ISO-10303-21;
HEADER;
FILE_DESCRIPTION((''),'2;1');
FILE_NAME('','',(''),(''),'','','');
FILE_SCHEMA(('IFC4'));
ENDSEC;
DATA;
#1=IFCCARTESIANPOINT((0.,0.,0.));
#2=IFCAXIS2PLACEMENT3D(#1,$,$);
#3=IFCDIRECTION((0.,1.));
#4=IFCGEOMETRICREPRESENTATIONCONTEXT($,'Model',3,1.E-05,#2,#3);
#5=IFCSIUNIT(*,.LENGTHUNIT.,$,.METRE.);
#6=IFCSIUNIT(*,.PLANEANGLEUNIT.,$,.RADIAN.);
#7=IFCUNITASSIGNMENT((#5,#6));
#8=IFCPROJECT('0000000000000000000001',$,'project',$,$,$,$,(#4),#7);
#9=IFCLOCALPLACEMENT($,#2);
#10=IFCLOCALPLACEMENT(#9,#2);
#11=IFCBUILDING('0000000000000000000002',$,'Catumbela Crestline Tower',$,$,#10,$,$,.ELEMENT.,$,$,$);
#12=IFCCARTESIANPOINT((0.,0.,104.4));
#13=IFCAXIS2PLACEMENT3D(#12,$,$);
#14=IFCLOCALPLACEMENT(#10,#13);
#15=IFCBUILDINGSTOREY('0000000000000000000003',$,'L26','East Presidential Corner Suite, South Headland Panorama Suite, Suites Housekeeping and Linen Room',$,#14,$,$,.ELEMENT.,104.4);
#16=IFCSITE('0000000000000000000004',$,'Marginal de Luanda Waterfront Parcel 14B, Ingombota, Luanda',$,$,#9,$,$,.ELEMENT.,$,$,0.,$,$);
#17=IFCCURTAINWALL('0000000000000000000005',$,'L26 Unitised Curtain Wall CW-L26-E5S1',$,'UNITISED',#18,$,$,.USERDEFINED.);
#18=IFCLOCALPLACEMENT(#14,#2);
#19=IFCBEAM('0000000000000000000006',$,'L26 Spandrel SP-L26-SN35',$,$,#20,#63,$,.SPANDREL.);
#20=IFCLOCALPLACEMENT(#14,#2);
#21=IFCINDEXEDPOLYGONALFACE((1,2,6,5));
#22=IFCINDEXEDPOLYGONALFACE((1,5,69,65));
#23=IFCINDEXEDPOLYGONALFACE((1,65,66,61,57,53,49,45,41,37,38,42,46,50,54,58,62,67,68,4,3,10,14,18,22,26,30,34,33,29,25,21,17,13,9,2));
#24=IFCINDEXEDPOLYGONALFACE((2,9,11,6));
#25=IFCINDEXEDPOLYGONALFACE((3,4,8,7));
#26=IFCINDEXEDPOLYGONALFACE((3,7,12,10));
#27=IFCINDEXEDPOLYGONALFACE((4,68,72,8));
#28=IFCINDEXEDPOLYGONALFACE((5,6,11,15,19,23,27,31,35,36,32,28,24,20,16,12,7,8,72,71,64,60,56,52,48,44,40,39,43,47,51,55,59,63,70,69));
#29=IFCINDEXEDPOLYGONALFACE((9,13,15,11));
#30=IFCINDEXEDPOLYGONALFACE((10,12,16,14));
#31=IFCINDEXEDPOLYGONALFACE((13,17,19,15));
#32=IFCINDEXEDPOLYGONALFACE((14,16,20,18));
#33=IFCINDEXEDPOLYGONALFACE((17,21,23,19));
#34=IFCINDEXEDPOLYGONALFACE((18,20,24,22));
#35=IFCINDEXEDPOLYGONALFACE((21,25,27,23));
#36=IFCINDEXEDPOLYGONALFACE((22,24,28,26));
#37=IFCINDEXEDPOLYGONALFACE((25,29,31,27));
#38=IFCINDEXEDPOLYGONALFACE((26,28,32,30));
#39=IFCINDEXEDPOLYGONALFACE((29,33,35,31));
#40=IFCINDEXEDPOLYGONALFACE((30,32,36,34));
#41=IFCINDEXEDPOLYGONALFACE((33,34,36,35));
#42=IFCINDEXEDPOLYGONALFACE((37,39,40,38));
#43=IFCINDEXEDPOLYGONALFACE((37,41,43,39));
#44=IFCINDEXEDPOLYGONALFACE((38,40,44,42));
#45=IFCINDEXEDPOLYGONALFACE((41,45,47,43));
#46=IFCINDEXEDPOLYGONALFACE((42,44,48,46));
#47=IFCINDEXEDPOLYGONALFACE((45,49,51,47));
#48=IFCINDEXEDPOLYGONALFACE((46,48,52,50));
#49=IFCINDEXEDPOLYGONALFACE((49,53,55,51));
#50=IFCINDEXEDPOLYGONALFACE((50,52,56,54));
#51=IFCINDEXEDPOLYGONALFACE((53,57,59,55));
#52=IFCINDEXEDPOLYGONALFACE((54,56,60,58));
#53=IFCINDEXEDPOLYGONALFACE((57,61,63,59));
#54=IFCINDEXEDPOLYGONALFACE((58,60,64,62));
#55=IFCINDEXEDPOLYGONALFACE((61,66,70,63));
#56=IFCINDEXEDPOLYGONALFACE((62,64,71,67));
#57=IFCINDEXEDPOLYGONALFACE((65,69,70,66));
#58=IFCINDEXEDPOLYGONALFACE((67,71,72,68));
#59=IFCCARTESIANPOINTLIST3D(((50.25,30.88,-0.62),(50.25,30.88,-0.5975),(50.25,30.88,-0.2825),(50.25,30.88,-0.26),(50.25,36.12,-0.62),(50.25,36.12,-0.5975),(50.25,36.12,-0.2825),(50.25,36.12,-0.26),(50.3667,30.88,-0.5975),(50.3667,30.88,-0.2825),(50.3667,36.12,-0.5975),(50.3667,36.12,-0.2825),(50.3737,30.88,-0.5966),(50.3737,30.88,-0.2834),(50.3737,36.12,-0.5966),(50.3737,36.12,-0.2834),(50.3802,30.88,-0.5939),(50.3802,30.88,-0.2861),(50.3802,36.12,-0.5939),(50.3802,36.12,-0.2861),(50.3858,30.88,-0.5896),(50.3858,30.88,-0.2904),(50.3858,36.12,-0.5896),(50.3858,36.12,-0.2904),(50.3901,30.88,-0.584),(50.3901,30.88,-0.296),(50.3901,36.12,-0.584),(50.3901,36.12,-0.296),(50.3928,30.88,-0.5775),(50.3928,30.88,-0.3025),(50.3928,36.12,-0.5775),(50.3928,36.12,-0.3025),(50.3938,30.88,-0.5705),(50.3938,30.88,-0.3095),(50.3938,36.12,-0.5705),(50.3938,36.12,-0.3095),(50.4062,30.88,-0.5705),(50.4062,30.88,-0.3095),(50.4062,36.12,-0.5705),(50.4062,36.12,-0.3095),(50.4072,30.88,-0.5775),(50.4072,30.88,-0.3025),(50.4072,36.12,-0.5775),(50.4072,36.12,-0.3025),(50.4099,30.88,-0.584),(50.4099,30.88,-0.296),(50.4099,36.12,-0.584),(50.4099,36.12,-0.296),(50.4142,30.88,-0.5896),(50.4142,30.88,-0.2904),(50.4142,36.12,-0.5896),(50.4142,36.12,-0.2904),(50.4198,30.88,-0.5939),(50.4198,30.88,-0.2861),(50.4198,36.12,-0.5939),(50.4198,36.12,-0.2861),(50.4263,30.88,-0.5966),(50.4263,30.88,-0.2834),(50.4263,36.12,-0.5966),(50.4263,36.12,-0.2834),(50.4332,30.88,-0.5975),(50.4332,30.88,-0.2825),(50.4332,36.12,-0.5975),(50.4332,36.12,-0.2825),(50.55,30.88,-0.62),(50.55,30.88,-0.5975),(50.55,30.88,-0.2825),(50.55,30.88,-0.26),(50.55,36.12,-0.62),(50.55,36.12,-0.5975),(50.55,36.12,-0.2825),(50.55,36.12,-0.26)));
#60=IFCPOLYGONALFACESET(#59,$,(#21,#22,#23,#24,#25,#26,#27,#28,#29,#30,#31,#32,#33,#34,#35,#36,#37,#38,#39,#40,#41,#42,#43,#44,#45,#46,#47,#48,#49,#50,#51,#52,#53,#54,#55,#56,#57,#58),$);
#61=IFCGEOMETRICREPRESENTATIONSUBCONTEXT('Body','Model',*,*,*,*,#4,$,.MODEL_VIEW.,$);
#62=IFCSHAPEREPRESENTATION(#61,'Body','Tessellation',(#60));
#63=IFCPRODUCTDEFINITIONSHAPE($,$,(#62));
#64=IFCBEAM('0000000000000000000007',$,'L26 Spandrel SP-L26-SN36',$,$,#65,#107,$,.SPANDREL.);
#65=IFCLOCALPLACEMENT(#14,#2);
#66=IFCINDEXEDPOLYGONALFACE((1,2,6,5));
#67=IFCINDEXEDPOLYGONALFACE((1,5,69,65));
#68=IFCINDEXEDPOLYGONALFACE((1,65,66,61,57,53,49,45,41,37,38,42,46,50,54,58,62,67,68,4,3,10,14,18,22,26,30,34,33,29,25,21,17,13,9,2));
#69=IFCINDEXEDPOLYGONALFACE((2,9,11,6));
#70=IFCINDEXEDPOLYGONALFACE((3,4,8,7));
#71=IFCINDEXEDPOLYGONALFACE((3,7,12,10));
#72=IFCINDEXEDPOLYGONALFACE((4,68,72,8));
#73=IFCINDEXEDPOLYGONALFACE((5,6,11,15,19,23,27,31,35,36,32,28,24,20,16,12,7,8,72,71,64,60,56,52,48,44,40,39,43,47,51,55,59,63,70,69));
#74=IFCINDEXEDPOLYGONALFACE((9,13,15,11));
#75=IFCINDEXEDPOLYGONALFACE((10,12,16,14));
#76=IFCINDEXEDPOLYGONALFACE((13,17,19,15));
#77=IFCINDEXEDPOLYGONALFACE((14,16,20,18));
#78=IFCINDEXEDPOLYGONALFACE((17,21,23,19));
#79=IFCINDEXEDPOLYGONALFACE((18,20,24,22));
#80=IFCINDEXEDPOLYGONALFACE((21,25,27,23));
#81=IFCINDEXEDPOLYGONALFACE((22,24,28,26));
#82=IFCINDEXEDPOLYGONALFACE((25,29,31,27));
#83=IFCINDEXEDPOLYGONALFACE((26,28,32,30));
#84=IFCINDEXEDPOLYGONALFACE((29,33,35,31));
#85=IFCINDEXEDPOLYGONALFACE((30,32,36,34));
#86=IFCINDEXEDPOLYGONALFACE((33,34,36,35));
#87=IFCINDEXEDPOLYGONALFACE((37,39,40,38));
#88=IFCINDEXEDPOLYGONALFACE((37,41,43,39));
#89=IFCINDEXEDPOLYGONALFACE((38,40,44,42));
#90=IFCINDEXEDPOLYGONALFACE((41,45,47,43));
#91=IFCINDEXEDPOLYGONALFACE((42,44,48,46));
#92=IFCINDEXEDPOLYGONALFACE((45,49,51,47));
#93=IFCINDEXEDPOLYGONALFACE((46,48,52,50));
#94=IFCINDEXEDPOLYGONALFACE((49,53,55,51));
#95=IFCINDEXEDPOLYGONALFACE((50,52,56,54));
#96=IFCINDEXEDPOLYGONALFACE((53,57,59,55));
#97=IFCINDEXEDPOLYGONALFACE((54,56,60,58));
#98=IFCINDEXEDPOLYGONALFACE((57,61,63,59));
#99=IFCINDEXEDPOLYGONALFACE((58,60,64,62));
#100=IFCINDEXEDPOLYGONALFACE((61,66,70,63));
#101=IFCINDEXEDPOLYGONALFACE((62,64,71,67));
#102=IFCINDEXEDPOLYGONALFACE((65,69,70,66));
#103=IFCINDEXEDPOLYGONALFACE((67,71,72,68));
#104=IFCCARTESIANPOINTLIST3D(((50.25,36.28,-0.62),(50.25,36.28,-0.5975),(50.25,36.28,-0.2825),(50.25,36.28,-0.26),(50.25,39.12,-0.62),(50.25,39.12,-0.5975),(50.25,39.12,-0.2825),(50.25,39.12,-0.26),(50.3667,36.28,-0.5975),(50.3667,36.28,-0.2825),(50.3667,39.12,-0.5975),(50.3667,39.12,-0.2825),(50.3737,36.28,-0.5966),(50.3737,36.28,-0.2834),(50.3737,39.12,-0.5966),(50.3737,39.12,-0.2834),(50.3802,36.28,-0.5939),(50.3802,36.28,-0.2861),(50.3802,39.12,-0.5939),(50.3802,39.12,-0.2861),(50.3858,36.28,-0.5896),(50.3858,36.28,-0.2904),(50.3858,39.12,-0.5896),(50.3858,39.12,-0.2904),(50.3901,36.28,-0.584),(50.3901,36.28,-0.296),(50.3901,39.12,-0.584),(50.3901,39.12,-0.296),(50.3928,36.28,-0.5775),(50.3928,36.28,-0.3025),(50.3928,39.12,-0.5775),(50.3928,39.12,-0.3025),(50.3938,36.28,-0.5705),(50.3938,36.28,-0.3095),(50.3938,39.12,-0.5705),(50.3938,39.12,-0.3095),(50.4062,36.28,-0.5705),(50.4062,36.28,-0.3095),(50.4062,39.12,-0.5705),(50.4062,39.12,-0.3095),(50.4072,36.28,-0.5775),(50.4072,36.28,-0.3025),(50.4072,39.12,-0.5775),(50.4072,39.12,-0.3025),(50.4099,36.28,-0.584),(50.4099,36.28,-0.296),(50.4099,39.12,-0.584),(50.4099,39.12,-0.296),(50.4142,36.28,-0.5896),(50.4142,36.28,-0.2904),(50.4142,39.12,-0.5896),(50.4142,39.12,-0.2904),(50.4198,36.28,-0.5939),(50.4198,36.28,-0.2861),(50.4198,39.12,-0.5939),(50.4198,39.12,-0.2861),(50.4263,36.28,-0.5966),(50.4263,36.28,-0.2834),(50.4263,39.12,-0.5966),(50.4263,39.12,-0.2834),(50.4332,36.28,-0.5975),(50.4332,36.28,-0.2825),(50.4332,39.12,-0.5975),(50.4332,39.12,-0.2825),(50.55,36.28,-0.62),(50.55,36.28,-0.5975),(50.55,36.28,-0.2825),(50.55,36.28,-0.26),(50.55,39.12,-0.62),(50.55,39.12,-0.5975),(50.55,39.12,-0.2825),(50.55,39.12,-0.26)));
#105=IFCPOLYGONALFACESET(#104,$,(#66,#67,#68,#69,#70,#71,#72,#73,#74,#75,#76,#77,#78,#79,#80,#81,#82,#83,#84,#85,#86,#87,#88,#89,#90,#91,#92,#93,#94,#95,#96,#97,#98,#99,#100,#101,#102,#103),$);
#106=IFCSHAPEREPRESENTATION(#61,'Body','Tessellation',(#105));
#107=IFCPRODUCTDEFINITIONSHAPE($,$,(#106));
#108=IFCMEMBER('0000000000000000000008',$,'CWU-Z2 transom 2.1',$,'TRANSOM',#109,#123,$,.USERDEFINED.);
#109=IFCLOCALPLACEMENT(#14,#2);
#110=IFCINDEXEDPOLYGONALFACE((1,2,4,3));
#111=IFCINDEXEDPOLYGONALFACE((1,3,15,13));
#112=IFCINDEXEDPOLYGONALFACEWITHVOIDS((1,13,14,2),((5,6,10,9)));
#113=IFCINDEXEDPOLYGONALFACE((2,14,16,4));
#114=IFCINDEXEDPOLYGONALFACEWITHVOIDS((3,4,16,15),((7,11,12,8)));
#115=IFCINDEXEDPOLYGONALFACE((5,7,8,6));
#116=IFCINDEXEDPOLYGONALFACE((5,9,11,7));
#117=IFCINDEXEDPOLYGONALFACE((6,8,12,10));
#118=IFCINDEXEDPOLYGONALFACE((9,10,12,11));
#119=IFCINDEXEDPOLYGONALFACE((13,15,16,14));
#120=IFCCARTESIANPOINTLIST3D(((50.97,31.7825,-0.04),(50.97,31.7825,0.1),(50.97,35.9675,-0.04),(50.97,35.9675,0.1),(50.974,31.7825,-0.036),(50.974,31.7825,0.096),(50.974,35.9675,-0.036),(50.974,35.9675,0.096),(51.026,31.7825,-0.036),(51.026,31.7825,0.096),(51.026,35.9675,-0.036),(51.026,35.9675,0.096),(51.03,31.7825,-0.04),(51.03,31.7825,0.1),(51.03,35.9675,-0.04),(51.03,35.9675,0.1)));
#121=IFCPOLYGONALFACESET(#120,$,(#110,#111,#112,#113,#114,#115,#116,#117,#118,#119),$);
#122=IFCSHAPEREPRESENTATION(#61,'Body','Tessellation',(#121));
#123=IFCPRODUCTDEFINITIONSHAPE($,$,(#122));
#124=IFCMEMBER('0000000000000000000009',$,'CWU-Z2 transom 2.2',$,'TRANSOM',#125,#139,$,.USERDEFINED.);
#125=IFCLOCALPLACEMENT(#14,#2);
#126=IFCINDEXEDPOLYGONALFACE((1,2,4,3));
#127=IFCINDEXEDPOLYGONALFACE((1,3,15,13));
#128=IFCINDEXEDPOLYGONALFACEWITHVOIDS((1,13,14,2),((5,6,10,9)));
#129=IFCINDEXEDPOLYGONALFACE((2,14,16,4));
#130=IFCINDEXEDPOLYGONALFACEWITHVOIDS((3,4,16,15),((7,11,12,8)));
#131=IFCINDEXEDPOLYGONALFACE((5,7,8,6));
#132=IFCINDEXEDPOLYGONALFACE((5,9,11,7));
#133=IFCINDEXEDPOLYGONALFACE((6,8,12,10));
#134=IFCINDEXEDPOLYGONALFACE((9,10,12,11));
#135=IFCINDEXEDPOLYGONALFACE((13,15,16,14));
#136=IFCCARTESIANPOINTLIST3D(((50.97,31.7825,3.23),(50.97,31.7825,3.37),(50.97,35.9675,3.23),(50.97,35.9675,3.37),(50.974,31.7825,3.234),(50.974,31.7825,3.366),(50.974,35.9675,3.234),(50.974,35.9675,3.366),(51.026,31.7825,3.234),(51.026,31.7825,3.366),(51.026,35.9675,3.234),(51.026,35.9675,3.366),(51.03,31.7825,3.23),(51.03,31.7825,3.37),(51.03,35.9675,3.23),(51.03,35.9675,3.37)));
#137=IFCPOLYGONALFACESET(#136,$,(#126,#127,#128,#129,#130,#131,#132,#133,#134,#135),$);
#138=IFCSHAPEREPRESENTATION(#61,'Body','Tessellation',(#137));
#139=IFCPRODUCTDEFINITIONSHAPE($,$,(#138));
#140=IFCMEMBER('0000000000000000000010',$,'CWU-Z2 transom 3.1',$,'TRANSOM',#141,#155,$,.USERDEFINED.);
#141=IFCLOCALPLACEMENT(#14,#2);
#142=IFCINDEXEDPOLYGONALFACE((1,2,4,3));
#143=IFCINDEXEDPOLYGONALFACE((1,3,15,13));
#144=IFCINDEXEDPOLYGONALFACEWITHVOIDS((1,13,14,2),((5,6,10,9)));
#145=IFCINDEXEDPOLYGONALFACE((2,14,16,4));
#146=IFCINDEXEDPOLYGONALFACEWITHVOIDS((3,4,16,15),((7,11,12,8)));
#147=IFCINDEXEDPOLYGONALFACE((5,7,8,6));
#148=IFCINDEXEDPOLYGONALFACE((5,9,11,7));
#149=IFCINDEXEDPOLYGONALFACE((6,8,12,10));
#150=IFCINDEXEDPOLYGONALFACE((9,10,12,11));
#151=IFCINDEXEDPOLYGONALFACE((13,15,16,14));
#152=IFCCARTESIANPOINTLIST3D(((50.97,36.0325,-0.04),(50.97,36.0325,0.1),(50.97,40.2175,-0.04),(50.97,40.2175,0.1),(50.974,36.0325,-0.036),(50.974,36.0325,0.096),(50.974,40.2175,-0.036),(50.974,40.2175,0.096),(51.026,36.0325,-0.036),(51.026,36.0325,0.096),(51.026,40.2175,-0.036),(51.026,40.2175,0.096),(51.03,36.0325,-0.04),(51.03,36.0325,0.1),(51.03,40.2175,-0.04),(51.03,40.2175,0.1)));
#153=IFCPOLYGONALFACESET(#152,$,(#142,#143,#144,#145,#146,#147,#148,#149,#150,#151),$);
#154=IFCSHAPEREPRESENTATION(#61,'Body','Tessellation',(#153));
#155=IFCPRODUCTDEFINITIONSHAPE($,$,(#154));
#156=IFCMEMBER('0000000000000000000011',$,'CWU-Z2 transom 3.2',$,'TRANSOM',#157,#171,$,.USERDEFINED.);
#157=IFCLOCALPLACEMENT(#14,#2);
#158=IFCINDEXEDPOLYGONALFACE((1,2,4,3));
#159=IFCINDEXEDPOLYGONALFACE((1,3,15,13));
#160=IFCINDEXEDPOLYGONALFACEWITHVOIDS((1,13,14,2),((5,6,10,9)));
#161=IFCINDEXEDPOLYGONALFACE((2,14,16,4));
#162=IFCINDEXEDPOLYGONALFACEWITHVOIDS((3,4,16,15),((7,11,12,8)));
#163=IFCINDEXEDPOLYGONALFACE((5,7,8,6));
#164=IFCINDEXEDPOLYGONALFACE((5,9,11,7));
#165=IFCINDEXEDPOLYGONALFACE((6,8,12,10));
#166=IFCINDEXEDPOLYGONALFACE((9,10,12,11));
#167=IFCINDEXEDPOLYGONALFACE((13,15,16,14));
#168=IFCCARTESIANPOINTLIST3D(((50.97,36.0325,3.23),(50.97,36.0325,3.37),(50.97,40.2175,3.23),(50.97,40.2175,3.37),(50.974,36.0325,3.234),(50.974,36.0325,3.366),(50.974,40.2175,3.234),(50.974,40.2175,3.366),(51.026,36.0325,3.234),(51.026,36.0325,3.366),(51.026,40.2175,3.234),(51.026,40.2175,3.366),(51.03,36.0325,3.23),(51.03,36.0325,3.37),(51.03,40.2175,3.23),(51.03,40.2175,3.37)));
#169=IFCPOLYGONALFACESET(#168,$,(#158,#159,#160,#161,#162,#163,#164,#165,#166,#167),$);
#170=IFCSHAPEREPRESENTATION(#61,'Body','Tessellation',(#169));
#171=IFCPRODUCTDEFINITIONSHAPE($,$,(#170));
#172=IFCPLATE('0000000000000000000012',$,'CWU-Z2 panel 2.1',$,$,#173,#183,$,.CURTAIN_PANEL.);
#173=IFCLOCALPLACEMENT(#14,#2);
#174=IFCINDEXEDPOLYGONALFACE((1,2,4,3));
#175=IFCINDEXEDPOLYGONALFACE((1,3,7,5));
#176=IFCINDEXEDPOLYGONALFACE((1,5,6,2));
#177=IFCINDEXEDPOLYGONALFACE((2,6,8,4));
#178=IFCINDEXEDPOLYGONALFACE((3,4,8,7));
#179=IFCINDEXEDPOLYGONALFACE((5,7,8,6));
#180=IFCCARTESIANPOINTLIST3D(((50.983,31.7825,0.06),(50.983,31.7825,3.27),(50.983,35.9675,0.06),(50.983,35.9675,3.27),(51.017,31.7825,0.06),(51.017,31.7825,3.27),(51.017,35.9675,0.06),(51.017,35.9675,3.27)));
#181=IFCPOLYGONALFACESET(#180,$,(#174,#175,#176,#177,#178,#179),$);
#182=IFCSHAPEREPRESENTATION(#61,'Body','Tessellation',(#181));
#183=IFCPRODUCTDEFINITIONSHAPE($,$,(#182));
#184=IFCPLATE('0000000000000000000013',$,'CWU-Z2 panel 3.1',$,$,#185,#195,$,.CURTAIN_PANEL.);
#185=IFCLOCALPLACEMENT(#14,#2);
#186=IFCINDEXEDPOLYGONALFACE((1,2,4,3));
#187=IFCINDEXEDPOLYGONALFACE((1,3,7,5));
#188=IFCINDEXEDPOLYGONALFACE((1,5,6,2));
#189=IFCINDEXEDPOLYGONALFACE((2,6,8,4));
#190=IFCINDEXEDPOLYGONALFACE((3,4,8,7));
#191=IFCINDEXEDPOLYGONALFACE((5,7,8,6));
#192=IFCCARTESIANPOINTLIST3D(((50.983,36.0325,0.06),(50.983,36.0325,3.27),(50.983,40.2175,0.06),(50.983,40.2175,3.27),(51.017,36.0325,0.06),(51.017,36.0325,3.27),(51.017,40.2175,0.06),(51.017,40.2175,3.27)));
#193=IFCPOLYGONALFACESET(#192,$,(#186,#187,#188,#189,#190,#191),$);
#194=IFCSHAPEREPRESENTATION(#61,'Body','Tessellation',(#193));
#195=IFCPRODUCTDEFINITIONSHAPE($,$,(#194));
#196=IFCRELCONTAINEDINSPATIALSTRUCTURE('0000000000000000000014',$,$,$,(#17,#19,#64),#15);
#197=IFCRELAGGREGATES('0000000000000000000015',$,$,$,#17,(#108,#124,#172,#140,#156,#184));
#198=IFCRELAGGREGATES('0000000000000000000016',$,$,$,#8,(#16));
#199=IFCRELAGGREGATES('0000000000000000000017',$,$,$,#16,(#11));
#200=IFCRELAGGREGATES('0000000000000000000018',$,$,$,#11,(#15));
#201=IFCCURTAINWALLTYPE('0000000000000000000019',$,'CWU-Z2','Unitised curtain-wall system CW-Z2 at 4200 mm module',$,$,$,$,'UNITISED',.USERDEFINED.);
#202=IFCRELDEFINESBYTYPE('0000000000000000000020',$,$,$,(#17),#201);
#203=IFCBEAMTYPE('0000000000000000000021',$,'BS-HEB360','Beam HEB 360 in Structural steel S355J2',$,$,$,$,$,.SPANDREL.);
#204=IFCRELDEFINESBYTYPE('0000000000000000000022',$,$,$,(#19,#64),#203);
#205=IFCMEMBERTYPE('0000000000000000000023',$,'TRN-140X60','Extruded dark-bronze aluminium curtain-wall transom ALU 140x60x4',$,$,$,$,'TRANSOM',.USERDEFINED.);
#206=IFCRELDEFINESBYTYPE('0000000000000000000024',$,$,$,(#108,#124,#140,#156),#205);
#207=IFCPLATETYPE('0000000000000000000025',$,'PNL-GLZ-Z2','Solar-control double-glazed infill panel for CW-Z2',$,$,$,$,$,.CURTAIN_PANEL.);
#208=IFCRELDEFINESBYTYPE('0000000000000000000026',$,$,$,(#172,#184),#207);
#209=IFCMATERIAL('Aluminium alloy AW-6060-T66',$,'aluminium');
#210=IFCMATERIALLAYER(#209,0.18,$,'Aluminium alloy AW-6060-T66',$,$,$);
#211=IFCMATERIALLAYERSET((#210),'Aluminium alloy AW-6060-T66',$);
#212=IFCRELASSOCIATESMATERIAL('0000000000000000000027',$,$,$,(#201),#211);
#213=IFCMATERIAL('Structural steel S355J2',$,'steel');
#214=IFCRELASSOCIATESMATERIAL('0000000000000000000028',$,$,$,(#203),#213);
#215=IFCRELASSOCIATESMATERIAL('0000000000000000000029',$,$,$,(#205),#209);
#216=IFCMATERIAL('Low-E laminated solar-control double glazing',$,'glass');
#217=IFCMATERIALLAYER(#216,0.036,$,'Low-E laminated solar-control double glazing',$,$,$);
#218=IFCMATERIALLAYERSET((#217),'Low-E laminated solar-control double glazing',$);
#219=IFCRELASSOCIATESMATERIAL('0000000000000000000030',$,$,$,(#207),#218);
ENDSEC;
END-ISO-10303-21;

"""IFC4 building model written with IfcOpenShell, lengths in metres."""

from ifc_helpers import new_model, si_unit, direction, frame, origin, origin_2d, place, context, subcontext, project, spatial, rectangle, hollow_rectangle, i_section, extrude, material, layer, layer_set, material_profile, profile_set, type_object, element, aggregate, save


model = new_model("IFC4")

# Units and contexts
model_context = context("Model", 3, precision=1e-05, world=origin(), true_north=direction((0.0, 1.0)))
body_context = subcontext(model_context, "Body", "Model", "MODEL_VIEW")
ifc_project = project(units=[si_unit("LENGTHUNIT", "METRE"), si_unit("PLANEANGLEUNIT", "RADIAN")], contexts=[model_context])

# Site, building, storey
site_placement = place(None, origin())
site = spatial("IfcSite", under=ifc_project, at=site_placement, Name="Marginal de Luanda Waterfront Parcel 14B, Ingombota, Luanda", CompositionType="ELEMENT", RefElevation=0.0)
building_placement = place(site_placement, origin())
building = spatial("IfcBuilding", under=site, at=building_placement, Name="Catumbela Crestline Tower", CompositionType="ELEMENT")
storey_placement = place(building_placement, frame((0.0, 0.0, 104.4)))
storey = spatial("IfcBuildingStorey", under=building, at=storey_placement, Name="L26", Description="East Presidential Corner Suite, South Headland Panorama Suite, Suites Housekeeping and Linen Room", CompositionType="ELEMENT", Elevation=104.4)

# Shared definitions
ifc_material_1 = material(Name="Structural steel S355J2", Category="steel")

# Curtain wall
ifc_material_2 = material(Name="Aluminium alloy AW-6060-T66", Category="aluminium")
ifc_layer_1 = layer(ifc_material_2, 0.18, Name="Aluminium alloy AW-6060-T66")
ifc_layer_set_1 = layer_set([ifc_layer_1], Name="Aluminium alloy AW-6060-T66")
curtain_wall_type = type_object("IfcCurtainWallType", Name="CWU-Z2", Description="Unitised curtain-wall system CW-Z2 at 4200 mm module", ElementType="UNITISED", PredefinedType="USERDEFINED", material=ifc_layer_set_1)
curtain_wall_placement = place(storey_placement, origin())
curtain_wall = element("IfcCurtainWall", 1, at=curtain_wall_placement, inside=storey, type_object=curtain_wall_type, Name="L26 Unitised Curtain Wall CW-L26-E5S1", ObjectType="UNITISED", PredefinedType="USERDEFINED")

# Beams
ifc_material_profile_1 = material_profile(ifc_material_1, i_section(OverallWidth=0.3, OverallDepth=0.36, WebThickness=0.0125, FlangeThickness=0.0225, FilletRadius=0.027, at=origin_2d()), Name="HEB 360")
ifc_profile_set_1 = profile_set([ifc_material_profile_1], Name="Structural steel S355J2")
beam_type_1 = type_object("IfcBeamType", Name="BS-HEB360", Description="Beam HEB 360 in Structural steel S355J2", PredefinedType="SPANDREL", material=ifc_profile_set_1)
beam_1_placement = place(storey_placement, frame((50.4, 30.88, -0.44), z_axis=(0.0, 1.0, 0.0), x_axis=(-1.0, 0.0, 0.0)))
element("IfcBeam", 2, at=beam_1_placement, inside=storey, type_object=beam_type_1, Name="L26 Spandrel SP-L26-SN35", PredefinedType="SPANDREL", context=body_context, shape_type="SweptSolid", body=[
    extrude(i_section(OverallWidth=0.3, OverallDepth=0.36, WebThickness=0.0125, FlangeThickness=0.0225, FilletRadius=0.027, at=origin_2d()), origin(), (0.0, 0.0, 1.0), 5.24),
])
beam_2_placement = place(storey_placement, frame((50.4, 36.28, -0.44), z_axis=(0.0, 1.0, 0.0), x_axis=(-1.0, 0.0, 0.0)))
element("IfcBeam", 3, at=beam_2_placement, inside=storey, type_object=beam_type_1, Name="L26 Spandrel SP-L26-SN36", PredefinedType="SPANDREL", context=body_context, shape_type="SweptSolid", body=[
    extrude(i_section(OverallWidth=0.3, OverallDepth=0.36, WebThickness=0.0125, FlangeThickness=0.0225, FilletRadius=0.027, at=origin_2d()), origin(), (0.0, 0.0, 1.0), 2.84),
])

# Members
ifc_material_profile_2 = material_profile(ifc_material_2, hollow_rectangle(XDim=0.06, YDim=0.14, WallThickness=0.004, at=origin_2d()), Name="ALU 140x60x4")
ifc_profile_set_2 = profile_set([ifc_material_profile_2], Name="Aluminium alloy AW-6060-T66")
member_type_1 = type_object("IfcMemberType", Name="TRN-140X60", Description="Extruded dark-bronze aluminium curtain-wall transom ALU 140x60x4", ElementType="TRANSOM", PredefinedType="USERDEFINED", material=ifc_profile_set_2)
member_1_placement = place(storey_placement, frame((51.0, 31.7825, 0.03), z_axis=(0.0, 1.0, 0.0), x_axis=(-1.0, 0.0, 0.0)))
member_1 = element("IfcMember", 4, at=member_1_placement, type_object=member_type_1, Name="CWU-Z2 transom 2.1", ObjectType="TRANSOM", PredefinedType="USERDEFINED", context=body_context, shape_type="SweptSolid", body=[
    extrude(hollow_rectangle(XDim=0.06, YDim=0.14, WallThickness=0.004, at=origin_2d()), origin(), (0.0, 0.0, 1.0), 4.185),
])
member_2_placement = place(storey_placement, frame((51.0, 31.7825, 3.3), z_axis=(0.0, 1.0, 0.0), x_axis=(-1.0, 0.0, 0.0)))
member_2 = element("IfcMember", 5, at=member_2_placement, type_object=member_type_1, Name="CWU-Z2 transom 2.2", ObjectType="TRANSOM", PredefinedType="USERDEFINED", context=body_context, shape_type="SweptSolid", body=[
    extrude(hollow_rectangle(XDim=0.06, YDim=0.14, WallThickness=0.004, at=origin_2d()), origin(), (0.0, 0.0, 1.0), 4.185),
])
member_3_placement = place(storey_placement, frame((51.0, 36.0325, 0.03), z_axis=(0.0, 1.0, 0.0), x_axis=(-1.0, 0.0, 0.0)))
member_3 = element("IfcMember", 6, at=member_3_placement, type_object=member_type_1, Name="CWU-Z2 transom 3.1", ObjectType="TRANSOM", PredefinedType="USERDEFINED", context=body_context, shape_type="SweptSolid", body=[
    extrude(hollow_rectangle(XDim=0.06, YDim=0.14, WallThickness=0.004, at=origin_2d()), origin(), (0.0, 0.0, 1.0), 4.185),
])
member_4_placement = place(storey_placement, frame((51.0, 36.0325, 3.3), z_axis=(0.0, 1.0, 0.0), x_axis=(-1.0, 0.0, 0.0)))
member_4 = element("IfcMember", 7, at=member_4_placement, type_object=member_type_1, Name="CWU-Z2 transom 3.2", ObjectType="TRANSOM", PredefinedType="USERDEFINED", context=body_context, shape_type="SweptSolid", body=[
    extrude(hollow_rectangle(XDim=0.06, YDim=0.14, WallThickness=0.004, at=origin_2d()), origin(), (0.0, 0.0, 1.0), 4.185),
])

# Plates
ifc_material_3 = material(Name="Low-E laminated solar-control double glazing", Category="glass")
ifc_layer_2 = layer(ifc_material_3, 0.036, Name="Low-E laminated solar-control double glazing")
ifc_layer_set_2 = layer_set([ifc_layer_2], Name="Low-E laminated solar-control double glazing")
plate_type = type_object("IfcPlateType", Name="PNL-GLZ-Z2", Description="Solar-control double-glazed infill panel for CW-Z2", PredefinedType="CURTAIN_PANEL", material=ifc_layer_set_2)
plate_1_placement = place(storey_placement, frame((51.0, 33.875, 0.06), z_axis=(0.0, 0.0, 1.0), x_axis=(0.0, 1.0, 0.0)))
plate_1 = element("IfcPlate", 8, at=plate_1_placement, type_object=plate_type, Name="CWU-Z2 panel 2.1", PredefinedType="CURTAIN_PANEL", context=body_context, shape_type="SweptSolid", body=[
    extrude(rectangle(XDim=4.185, YDim=0.034, at=origin_2d()), origin(), (0.0, 0.0, 1.0), 3.21),
])
plate_2_placement = place(storey_placement, frame((51.0, 38.125, 0.06), z_axis=(0.0, 0.0, 1.0), x_axis=(0.0, 1.0, 0.0)))
plate_2 = element("IfcPlate", 9, at=plate_2_placement, type_object=plate_type, Name="CWU-Z2 panel 3.1", PredefinedType="CURTAIN_PANEL", context=body_context, shape_type="SweptSolid", body=[
    extrude(rectangle(XDim=4.185, YDim=0.034, at=origin_2d()), origin(), (0.0, 0.0, 1.0), 3.21),
])
aggregate(curtain_wall, [member_1, member_2, plate_1, member_3, member_4, plate_2])

save(model, "model.ifc")
